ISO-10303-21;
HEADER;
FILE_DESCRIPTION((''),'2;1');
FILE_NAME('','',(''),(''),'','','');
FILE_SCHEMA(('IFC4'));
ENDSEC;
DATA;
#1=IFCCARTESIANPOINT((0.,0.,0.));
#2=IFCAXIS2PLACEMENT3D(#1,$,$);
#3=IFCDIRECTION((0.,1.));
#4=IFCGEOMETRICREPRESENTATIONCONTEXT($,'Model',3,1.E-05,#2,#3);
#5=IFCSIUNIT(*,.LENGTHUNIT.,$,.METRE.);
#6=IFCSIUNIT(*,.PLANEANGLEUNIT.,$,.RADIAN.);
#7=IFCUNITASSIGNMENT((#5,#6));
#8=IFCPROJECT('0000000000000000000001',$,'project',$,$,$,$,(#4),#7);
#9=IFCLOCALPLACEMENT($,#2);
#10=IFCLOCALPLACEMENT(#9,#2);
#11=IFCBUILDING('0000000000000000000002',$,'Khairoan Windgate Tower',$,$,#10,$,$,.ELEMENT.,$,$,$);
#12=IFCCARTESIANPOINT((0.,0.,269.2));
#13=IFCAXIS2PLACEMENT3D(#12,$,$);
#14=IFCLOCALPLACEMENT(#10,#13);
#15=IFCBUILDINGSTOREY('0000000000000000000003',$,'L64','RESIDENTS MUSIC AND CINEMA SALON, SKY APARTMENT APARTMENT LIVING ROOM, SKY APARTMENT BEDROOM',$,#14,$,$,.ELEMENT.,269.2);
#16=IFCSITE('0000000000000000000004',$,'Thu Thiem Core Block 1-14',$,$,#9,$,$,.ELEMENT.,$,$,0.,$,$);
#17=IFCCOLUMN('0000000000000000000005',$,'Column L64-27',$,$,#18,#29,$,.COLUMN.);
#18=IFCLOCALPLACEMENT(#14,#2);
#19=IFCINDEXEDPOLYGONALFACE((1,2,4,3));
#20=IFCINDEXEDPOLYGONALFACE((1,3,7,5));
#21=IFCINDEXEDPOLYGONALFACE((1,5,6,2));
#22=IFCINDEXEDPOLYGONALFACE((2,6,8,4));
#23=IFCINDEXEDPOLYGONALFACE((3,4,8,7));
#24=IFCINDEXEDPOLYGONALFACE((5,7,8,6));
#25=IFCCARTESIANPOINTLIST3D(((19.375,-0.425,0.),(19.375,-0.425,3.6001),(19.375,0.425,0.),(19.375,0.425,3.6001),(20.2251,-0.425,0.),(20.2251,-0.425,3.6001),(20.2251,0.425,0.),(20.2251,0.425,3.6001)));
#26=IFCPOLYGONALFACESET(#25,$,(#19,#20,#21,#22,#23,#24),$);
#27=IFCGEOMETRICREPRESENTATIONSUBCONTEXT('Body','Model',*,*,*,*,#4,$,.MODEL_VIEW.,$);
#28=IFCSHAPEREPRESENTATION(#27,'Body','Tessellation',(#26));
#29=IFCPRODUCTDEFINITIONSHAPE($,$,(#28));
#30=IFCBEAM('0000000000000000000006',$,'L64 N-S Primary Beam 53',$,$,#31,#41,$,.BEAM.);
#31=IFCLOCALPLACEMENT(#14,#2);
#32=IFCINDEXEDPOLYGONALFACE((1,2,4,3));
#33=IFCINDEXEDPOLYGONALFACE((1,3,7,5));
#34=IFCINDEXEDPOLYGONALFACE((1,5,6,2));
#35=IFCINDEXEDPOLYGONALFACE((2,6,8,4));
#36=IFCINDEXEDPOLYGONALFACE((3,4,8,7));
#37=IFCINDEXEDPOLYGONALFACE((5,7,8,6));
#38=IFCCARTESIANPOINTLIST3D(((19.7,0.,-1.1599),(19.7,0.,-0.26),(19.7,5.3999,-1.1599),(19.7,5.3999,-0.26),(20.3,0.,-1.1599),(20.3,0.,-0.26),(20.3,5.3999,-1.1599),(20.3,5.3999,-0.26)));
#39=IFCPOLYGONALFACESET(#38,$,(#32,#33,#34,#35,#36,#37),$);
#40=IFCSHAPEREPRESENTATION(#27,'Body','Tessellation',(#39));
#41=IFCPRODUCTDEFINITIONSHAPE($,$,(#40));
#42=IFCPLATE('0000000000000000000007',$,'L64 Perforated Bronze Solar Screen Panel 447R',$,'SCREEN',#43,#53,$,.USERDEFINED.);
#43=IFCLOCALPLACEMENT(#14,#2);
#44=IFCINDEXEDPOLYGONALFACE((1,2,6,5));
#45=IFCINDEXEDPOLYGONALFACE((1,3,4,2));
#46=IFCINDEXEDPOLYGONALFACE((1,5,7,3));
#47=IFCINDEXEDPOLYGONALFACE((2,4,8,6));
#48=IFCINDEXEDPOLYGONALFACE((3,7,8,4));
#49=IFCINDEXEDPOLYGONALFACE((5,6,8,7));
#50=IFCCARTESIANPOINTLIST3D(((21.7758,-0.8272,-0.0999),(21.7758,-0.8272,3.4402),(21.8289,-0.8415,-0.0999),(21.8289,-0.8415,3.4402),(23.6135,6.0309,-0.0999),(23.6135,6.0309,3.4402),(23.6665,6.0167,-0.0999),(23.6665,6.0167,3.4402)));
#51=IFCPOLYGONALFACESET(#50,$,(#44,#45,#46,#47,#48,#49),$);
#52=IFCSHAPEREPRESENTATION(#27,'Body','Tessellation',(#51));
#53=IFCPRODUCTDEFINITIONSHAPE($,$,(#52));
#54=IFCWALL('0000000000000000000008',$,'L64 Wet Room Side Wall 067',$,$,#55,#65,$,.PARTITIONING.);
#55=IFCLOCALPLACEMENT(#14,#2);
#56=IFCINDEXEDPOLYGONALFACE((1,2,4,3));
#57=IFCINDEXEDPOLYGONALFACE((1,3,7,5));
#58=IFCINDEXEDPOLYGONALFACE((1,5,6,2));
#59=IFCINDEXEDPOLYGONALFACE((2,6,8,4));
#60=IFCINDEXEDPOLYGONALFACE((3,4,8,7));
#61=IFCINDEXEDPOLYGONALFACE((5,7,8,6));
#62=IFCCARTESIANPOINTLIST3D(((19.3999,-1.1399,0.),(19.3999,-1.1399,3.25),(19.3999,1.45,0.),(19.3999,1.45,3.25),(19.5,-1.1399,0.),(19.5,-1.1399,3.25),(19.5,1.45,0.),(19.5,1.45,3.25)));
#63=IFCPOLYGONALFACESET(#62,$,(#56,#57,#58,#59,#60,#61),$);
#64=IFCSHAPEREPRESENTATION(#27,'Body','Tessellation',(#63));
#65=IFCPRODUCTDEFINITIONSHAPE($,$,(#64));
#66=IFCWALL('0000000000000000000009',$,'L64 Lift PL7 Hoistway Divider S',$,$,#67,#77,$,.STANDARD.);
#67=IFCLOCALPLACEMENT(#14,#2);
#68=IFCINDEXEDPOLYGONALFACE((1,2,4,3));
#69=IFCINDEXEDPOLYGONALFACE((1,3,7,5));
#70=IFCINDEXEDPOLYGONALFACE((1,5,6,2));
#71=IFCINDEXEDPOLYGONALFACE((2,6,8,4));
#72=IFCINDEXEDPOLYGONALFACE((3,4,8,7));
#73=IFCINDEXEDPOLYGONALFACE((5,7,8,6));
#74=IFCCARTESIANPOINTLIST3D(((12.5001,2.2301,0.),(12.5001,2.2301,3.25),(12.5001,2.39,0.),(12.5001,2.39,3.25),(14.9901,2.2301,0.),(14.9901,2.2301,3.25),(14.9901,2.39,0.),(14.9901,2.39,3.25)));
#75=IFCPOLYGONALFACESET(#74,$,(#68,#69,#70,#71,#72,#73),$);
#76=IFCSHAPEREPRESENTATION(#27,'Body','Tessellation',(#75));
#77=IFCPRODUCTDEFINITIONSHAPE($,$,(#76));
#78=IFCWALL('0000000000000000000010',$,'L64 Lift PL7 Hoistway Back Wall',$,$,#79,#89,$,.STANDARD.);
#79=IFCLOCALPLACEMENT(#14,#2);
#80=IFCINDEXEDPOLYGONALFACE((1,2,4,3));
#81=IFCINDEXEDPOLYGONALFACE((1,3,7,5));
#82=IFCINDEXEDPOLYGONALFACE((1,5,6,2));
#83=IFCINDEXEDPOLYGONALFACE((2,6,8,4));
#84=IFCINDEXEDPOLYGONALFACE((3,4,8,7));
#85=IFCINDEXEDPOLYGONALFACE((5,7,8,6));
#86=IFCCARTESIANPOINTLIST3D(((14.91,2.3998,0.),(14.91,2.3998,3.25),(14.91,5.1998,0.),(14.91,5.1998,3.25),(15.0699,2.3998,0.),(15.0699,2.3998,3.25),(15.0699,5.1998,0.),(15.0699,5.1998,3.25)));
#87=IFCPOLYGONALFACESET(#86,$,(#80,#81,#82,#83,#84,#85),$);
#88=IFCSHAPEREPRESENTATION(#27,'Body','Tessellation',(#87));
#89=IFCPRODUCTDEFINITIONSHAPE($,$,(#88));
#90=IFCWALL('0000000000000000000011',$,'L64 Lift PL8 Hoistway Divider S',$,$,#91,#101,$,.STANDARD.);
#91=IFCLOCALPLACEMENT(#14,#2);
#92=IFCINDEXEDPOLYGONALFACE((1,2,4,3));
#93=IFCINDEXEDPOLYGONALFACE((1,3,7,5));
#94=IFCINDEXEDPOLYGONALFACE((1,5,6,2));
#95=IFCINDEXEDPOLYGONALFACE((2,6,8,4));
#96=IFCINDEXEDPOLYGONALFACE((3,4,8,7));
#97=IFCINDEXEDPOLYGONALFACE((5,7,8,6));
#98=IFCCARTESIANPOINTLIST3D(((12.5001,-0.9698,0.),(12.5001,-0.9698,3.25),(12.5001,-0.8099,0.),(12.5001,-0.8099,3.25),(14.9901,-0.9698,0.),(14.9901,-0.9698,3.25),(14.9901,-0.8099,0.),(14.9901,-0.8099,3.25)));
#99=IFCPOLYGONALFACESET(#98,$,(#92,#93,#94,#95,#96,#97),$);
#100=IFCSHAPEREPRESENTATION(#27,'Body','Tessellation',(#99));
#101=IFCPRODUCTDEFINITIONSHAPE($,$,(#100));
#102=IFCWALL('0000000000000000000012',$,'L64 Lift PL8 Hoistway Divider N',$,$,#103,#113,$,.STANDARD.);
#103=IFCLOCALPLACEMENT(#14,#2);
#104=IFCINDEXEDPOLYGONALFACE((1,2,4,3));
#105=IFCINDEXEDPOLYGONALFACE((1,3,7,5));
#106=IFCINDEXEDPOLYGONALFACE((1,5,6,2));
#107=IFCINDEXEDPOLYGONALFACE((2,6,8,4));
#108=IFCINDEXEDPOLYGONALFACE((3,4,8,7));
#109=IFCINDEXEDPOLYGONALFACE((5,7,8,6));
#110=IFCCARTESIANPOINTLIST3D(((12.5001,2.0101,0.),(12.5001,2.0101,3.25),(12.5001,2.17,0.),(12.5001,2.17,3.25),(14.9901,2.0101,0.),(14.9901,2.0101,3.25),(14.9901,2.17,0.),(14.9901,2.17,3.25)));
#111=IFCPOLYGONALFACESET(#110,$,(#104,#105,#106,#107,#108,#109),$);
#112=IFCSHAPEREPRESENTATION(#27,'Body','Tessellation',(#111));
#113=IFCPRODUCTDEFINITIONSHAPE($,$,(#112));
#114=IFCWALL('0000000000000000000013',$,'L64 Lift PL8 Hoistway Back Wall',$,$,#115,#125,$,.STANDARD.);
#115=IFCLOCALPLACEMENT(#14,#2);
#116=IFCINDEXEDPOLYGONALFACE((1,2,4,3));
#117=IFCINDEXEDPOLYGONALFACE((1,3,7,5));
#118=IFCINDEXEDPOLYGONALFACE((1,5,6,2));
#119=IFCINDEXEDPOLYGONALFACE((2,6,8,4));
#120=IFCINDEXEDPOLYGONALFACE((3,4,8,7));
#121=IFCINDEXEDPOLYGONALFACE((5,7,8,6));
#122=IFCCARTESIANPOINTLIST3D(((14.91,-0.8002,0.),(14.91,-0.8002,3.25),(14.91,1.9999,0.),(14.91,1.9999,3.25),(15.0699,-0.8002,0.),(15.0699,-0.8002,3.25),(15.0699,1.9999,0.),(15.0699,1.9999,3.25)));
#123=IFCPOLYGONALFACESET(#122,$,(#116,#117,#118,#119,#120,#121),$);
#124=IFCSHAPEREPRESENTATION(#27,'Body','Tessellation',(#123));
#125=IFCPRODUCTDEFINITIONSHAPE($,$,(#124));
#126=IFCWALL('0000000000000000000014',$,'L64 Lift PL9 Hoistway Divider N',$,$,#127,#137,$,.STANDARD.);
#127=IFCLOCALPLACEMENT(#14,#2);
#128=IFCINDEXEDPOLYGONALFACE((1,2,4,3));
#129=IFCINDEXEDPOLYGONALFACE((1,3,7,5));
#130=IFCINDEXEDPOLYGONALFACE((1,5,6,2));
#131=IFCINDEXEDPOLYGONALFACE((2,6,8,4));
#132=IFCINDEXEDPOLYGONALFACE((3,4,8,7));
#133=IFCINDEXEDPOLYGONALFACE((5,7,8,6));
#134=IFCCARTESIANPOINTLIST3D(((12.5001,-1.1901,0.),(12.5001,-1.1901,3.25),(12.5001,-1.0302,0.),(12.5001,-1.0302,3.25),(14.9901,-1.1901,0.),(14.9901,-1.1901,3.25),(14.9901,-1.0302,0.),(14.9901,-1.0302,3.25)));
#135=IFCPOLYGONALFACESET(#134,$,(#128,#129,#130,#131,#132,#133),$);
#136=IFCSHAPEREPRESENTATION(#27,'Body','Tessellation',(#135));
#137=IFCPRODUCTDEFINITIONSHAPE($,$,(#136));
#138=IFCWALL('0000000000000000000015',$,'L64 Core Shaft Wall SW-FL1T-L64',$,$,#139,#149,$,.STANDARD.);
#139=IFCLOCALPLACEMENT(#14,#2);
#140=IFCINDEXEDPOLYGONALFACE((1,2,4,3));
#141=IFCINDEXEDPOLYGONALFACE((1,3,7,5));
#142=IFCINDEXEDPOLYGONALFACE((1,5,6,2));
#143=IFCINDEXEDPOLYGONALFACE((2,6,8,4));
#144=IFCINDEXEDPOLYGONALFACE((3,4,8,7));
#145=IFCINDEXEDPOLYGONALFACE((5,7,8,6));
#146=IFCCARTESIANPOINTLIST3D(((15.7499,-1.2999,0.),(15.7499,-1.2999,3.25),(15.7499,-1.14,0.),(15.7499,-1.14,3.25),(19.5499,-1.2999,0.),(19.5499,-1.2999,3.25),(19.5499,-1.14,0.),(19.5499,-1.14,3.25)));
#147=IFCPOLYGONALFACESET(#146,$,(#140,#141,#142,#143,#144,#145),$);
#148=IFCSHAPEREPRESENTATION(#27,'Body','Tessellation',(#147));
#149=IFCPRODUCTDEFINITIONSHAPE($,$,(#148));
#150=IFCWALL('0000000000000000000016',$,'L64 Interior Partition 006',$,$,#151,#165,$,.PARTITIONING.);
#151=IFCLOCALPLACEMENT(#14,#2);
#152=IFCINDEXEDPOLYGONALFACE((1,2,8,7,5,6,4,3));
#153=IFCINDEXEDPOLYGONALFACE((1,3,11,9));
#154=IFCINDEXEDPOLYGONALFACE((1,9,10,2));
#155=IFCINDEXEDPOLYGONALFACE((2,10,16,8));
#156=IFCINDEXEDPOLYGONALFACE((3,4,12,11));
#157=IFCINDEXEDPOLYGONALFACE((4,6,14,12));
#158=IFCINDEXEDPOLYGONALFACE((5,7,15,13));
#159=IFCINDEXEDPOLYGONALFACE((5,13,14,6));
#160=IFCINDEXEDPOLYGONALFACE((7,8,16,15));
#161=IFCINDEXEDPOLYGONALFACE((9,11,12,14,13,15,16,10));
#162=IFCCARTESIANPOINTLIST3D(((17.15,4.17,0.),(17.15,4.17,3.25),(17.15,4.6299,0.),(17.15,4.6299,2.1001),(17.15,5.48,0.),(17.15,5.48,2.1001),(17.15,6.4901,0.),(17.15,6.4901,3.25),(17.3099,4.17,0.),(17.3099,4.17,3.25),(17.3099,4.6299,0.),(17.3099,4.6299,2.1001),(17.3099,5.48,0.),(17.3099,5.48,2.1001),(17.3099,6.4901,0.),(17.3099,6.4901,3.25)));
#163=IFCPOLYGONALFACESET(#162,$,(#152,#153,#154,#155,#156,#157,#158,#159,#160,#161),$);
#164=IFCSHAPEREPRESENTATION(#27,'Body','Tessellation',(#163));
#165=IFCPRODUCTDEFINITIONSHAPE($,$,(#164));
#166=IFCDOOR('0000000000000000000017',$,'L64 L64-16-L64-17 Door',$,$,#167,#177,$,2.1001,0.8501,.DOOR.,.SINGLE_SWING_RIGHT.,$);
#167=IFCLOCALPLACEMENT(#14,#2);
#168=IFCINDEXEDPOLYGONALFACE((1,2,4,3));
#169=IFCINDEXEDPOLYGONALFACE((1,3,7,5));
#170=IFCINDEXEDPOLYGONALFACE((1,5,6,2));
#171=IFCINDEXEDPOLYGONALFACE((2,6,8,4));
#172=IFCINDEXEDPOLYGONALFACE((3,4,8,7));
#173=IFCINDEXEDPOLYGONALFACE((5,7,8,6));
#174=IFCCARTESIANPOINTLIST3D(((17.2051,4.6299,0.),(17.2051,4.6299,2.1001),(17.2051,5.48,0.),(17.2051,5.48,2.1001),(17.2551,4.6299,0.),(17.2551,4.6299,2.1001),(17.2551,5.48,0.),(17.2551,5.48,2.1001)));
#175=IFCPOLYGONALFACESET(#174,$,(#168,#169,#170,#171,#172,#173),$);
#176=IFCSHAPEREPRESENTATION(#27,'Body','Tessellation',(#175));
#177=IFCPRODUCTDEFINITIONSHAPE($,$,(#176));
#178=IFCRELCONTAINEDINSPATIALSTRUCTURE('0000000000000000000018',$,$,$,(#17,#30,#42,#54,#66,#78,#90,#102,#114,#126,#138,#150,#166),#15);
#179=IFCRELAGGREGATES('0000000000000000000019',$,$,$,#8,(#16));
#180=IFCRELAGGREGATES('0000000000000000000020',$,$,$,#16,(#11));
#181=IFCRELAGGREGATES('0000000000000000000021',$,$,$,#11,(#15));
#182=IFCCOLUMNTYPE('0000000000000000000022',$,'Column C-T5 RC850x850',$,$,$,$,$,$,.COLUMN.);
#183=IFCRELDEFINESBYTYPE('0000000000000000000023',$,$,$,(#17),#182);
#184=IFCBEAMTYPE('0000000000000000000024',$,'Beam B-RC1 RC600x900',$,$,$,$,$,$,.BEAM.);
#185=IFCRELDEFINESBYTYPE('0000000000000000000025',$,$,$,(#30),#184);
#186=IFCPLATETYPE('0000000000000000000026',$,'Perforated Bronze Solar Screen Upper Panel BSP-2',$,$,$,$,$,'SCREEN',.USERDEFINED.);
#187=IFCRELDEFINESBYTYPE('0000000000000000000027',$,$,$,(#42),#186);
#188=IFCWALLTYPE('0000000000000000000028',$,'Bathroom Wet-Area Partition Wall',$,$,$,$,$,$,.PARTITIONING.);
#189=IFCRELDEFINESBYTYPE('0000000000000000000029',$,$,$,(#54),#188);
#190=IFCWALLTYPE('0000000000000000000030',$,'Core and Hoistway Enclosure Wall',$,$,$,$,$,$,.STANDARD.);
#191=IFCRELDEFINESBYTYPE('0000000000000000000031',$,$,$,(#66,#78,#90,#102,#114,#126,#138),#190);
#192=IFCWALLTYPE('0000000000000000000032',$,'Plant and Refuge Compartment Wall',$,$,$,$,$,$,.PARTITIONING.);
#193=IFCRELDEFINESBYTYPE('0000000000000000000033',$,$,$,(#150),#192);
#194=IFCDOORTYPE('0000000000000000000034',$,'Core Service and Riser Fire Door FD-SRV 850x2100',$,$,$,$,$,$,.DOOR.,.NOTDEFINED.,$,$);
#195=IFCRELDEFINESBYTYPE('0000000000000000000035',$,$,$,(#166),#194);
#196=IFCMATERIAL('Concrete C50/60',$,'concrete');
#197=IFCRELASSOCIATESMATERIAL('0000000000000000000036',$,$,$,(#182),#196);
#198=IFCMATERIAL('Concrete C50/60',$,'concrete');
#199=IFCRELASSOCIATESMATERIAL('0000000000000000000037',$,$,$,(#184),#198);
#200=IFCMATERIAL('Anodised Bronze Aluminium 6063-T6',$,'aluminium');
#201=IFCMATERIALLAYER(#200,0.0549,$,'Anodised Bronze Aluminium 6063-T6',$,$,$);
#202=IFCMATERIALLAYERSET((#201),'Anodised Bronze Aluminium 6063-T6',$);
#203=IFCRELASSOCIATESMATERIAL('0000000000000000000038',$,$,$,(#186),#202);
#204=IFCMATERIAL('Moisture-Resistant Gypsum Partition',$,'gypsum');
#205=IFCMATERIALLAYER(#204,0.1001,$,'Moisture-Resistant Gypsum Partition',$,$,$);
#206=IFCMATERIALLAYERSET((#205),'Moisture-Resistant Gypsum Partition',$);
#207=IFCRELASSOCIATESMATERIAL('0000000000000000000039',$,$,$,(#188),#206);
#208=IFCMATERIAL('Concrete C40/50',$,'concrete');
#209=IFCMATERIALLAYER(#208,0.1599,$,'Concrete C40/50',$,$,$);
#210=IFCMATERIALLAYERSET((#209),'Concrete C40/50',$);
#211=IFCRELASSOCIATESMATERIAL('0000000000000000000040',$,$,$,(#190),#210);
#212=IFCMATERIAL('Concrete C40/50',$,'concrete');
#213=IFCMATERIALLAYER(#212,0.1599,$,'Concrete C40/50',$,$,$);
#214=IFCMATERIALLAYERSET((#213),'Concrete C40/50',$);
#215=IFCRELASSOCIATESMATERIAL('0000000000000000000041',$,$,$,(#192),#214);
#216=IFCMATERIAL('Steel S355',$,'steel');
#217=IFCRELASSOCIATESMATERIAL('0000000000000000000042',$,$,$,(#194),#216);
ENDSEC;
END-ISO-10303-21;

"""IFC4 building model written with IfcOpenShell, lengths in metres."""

from ifc_helpers import new_model, si_unit, direction, frame, frame_2d, origin, origin_2d, place, context, subcontext, project, spatial, rectangle, extrude, material, layer, layer_set, material_profile, profile_set, type_object, element, fill, save


model = new_model("IFC4")

# Units and contexts
model_context = context("Model", 3, precision=1e-05, world=origin(), true_north=direction((0.0, 1.0)))
body_context = subcontext(model_context, "Body", "Model", "MODEL_VIEW")
ifc_project = project(units=[si_unit("LENGTHUNIT", "METRE"), si_unit("PLANEANGLEUNIT", "RADIAN")], contexts=[model_context])

# Site, building, storey
site_placement = place(None, origin())
site = spatial("IfcSite", under=ifc_project, at=site_placement, Name="Thu Thiem Core Block 1-14", CompositionType="ELEMENT", RefElevation=0.0)
building_placement = place(site_placement, origin())
building = spatial("IfcBuilding", under=site, at=building_placement, Name="Khairoan Windgate Tower", CompositionType="ELEMENT")
storey_placement = place(building_placement, frame((0.0, 0.0, 269.2)))
storey = spatial("IfcBuildingStorey", under=building, at=storey_placement, Name="L64", Description="RESIDENTS MUSIC AND CINEMA SALON, SKY APARTMENT APARTMENT LIVING ROOM, SKY APARTMENT BEDROOM", CompositionType="ELEMENT", Elevation=269.2)

# Column
ifc_material_1 = material(Name="Concrete C50/60", Category="concrete")
ifc_material_profile_1 = material_profile(ifc_material_1, rectangle(XDim=0.8501, YDim=0.8501, at=origin_2d()))
ifc_profile_set_1 = profile_set([ifc_material_profile_1], Name="Concrete C50/60")
column_type = type_object("IfcColumnType", Name="Column C-T5 RC850x850", PredefinedType="COLUMN", material=ifc_profile_set_1)
column_placement = place(storey_placement, frame((19.8, 0.0, 0.0), z_axis=(0.0, 0.0, 1.0), x_axis=(1.0, 0.0, 0.0)))
element("IfcColumn", 1, at=column_placement, inside=storey, type_object=column_type, Name="Column L64-27", PredefinedType="COLUMN", context=body_context, shape_type="SweptSolid", body=[
    extrude(rectangle(XDim=0.8501, YDim=0.8501, at=origin_2d()), origin(), (0.0, 0.0, 1.0), 3.6001),
])

# Beam
ifc_material_2 = material(Name="Concrete C50/60", Category="concrete")
ifc_material_profile_2 = material_profile(ifc_material_2, rectangle(XDim=0.6001, YDim=0.8999, at=origin_2d()))
ifc_profile_set_2 = profile_set([ifc_material_profile_2], Name="Concrete C50/60")
beam_type = type_object("IfcBeamType", Name="Beam B-RC1 RC600x900", PredefinedType="BEAM", material=ifc_profile_set_2)
beam_placement = place(storey_placement, frame((20.0, 0.0, -0.71), z_axis=(0.0, 1.0, 0.0), x_axis=(-1.0, 0.0, 0.0)))
element("IfcBeam", 2, at=beam_placement, inside=storey, type_object=beam_type, Name="L64 N-S Primary Beam 53", PredefinedType="BEAM", context=body_context, shape_type="SweptSolid", body=[
    extrude(rectangle(XDim=0.6001, YDim=0.8999, at=origin_2d()), origin(), (0.0, 0.0, 1.0), 5.3999),
])

# Plate
ifc_material_3 = material(Name="Anodised Bronze Aluminium 6063-T6", Category="aluminium")
ifc_layer_1 = layer(ifc_material_3, 0.0549, Name="Anodised Bronze Aluminium 6063-T6")
ifc_layer_set_1 = layer_set([ifc_layer_1], Name="Anodised Bronze Aluminium 6063-T6")
plate_type = type_object("IfcPlateType", Name="Perforated Bronze Solar Screen Upper Panel BSP-2", ElementType="SCREEN", PredefinedType="USERDEFINED", material=ifc_layer_set_1)
plate_placement = place(storey_placement, frame((22.7212, 2.5947, -0.0999), z_axis=(0.0, 0.0, 1.0), x_axis=(-0.258819, -0.965926, 0.0)))
element("IfcPlate", 3, at=plate_placement, inside=storey, type_object=plate_type, Name="L64 Perforated Bronze Solar Screen Panel 447R", ObjectType="SCREEN", PredefinedType="USERDEFINED", context=body_context, shape_type="SweptSolid", body=[
    extrude(rectangle(XDim=7.1001, YDim=0.0549, at=origin_2d()), origin(), (0.0, 0.0, 1.0), 3.54),
])

# Walls
ifc_material_4 = material(Name="Moisture-Resistant Gypsum Partition", Category="gypsum")
ifc_layer_2 = layer(ifc_material_4, 0.1001, Name="Moisture-Resistant Gypsum Partition")
ifc_layer_set_2 = layer_set([ifc_layer_2], Name="Moisture-Resistant Gypsum Partition")
wall_type_1 = type_object("IfcWallType", Name="Bathroom Wet-Area Partition Wall", PredefinedType="PARTITIONING", material=ifc_layer_set_2)
wall_1_placement = place(storey_placement, frame((19.45, 1.45, 0.0), z_axis=(0.0, 0.0, 1.0), x_axis=(0.0, -1.0, 0.0)))
element("IfcWall", 4, at=wall_1_placement, inside=storey, type_object=wall_type_1, Name="L64 Wet Room Side Wall 067", PredefinedType="PARTITIONING", context=body_context, shape_type="SweptSolid", body=[
    extrude(rectangle(XDim=2.5898, YDim=0.1001, at=frame_2d((1.2949, 0.0))), origin(), (0.0, 0.0, 1.0), 3.25),
])
ifc_material_5 = material(Name="Concrete C40/50", Category="concrete")
ifc_layer_3 = layer(ifc_material_5, 0.1599, Name="Concrete C40/50")
ifc_layer_set_3 = layer_set([ifc_layer_3], Name="Concrete C40/50")
wall_type_2 = type_object("IfcWallType", Name="Core and Hoistway Enclosure Wall", PredefinedType="STANDARD", material=ifc_layer_set_3)
wall_2_placement = place(storey_placement, frame((12.5, 2.3101, 0.0), z_axis=(0.0, 0.0, 1.0), x_axis=(1.0, 0.0, 0.0)))
element("IfcWall", 5, at=wall_2_placement, inside=storey, type_object=wall_type_2, Name="L64 Lift PL7 Hoistway Divider S", PredefinedType="STANDARD", context=body_context, shape_type="SweptSolid", body=[
    extrude(rectangle(XDim=2.49, YDim=0.1599, at=frame_2d((1.2451, 0.0))), origin(), (0.0, 0.0, 1.0), 3.25),
])
wall_3_placement = place(storey_placement, frame((14.99, 2.3999, 0.0), z_axis=(0.0, 0.0, 1.0), x_axis=(0.0, 1.0, 0.0)))
element("IfcWall", 6, at=wall_3_placement, inside=storey, type_object=wall_type_2, Name="L64 Lift PL7 Hoistway Back Wall", PredefinedType="STANDARD", context=body_context, shape_type="SweptSolid", body=[
    extrude(rectangle(XDim=2.8, YDim=0.1599, at=frame_2d((1.3999, 0.0))), origin(), (0.0, 0.0, 1.0), 3.25),
])
for number, where, z_axis, x_axis, name in (
    (7, (12.5, -0.8899, 0.0), (0.0, 0.0, 1.0), (1.0, 0.0, 0.0), "L64 Lift PL8 Hoistway Divider S"),
    (8, (12.5, 2.0901, 0.0), (0.0, 0.0, 1.0), (1.0, 0.0, 0.0), "L64 Lift PL8 Hoistway Divider N"),
):
    element("IfcWall", number, at=place(storey_placement, frame(where, z_axis=z_axis, x_axis=x_axis)), inside=storey, type_object=wall_type_2, Name=name, PredefinedType="STANDARD", context=body_context, shape_type="SweptSolid", body=[
        extrude(rectangle(XDim=2.49, YDim=0.1599, at=frame_2d((1.2451, 0.0))), origin(), (0.0, 0.0, 1.0), 3.25),
    ])
wall_4_placement = place(storey_placement, frame((14.99, -0.8, 0.0), z_axis=(0.0, 0.0, 1.0), x_axis=(0.0, 1.0, 0.0)))
element("IfcWall", 9, at=wall_4_placement, inside=storey, type_object=wall_type_2, Name="L64 Lift PL8 Hoistway Back Wall", PredefinedType="STANDARD", context=body_context, shape_type="SweptSolid", body=[
    extrude(rectangle(XDim=2.8, YDim=0.1599, at=frame_2d((1.3999, 0.0))), origin(), (0.0, 0.0, 1.0), 3.25),
])
wall_5_placement = place(storey_placement, frame((12.5, -1.1101, 0.0), z_axis=(0.0, 0.0, 1.0), x_axis=(1.0, 0.0, 0.0)))
element("IfcWall", 10, at=wall_5_placement, inside=storey, type_object=wall_type_2, Name="L64 Lift PL9 Hoistway Divider N", PredefinedType="STANDARD", context=body_context, shape_type="SweptSolid", body=[
    extrude(rectangle(XDim=2.49, YDim=0.1599, at=frame_2d((1.2451, 0.0))), origin(), (0.0, 0.0, 1.0), 3.25),
])
wall_6_placement = place(storey_placement, frame((15.75, -1.22, 0.0), z_axis=(0.0, 0.0, 1.0), x_axis=(1.0, 0.0, 0.0)))
element("IfcWall", 11, at=wall_6_placement, inside=storey, type_object=wall_type_2, Name="L64 Core Shaft Wall SW-FL1T-L64", PredefinedType="STANDARD", context=body_context, shape_type="SweptSolid", body=[
    extrude(rectangle(XDim=3.8, YDim=0.1599, at=frame_2d((1.8999, 0.0))), origin(), (0.0, 0.0, 1.0), 3.25),
])

# Wall, opening, door
ifc_material_6 = material(Name="Concrete C40/50", Category="concrete")
ifc_layer_4 = layer(ifc_material_6, 0.1599, Name="Concrete C40/50")
ifc_layer_set_4 = layer_set([ifc_layer_4], Name="Concrete C40/50")
wall_type_3 = type_object("IfcWallType", Name="Plant and Refuge Compartment Wall", PredefinedType="PARTITIONING", material=ifc_layer_set_4)
wall_7_placement = place(storey_placement, frame((17.23, 4.1699, 0.0), z_axis=(0.0, 0.0, 1.0), x_axis=(0.0, 1.0, 0.0)))
wall_7 = element("IfcWall", 12, at=wall_7_placement, inside=storey, type_object=wall_type_3, Name="L64 Interior Partition 006", PredefinedType="PARTITIONING", context=body_context, shape_type="SweptSolid", body=[
    extrude(rectangle(XDim=2.3201, YDim=0.1599, at=frame_2d((1.1602, 0.0))), origin(), (0.0, 0.0, 1.0), 3.25),
])
opening_1_placement = place(wall_7_placement, frame((0.46, 0.0, 0.0)))
opening_1 = element("IfcOpeningElement", 13, at=opening_1_placement, cuts=wall_7, PredefinedType="OPENING", context=body_context, shape_type="SweptSolid", body=[
    extrude(rectangle(XDim=0.8501, YDim=2.1001, at=frame_2d((0.425, 1.05))), frame((0.0, 0.0898, 0.0), z_axis=(0.0, -1.0, 0.0), x_axis=(1.0, 0.0, 0.0)), (0.0, 0.0, 1.0), 0.1799),
])
ifc_material_7 = material(Name="Steel S355", Category="steel")
door_type_1 = type_object("IfcDoorType", Name="Core Service and Riser Fire Door FD-SRV 850x2100", OperationType="NOTDEFINED", PredefinedType="DOOR", material=ifc_material_7)
door_1_placement = place(opening_1_placement, origin())
door_1 = element("IfcDoor", 14, at=door_1_placement, inside=storey, type_object=door_type_1, Name="L64 L64-16-L64-17 Door", OperationType="SINGLE_SWING_RIGHT", OverallHeight=2.1001, OverallWidth=0.8501, PredefinedType="DOOR", context=body_context, shape_type="SweptSolid", body=[
    extrude(rectangle(XDim=0.8501, YDim=2.1001, at=frame_2d((0.425, 1.05))), frame((0.0, 0.0249, 0.0), z_axis=(0.0, -1.0, 0.0), x_axis=(1.0, 0.0, 0.0)), (0.0, 0.0, 1.0), 0.05),
])
fill(opening_1, door_1)

save(model, "model.ifc")
